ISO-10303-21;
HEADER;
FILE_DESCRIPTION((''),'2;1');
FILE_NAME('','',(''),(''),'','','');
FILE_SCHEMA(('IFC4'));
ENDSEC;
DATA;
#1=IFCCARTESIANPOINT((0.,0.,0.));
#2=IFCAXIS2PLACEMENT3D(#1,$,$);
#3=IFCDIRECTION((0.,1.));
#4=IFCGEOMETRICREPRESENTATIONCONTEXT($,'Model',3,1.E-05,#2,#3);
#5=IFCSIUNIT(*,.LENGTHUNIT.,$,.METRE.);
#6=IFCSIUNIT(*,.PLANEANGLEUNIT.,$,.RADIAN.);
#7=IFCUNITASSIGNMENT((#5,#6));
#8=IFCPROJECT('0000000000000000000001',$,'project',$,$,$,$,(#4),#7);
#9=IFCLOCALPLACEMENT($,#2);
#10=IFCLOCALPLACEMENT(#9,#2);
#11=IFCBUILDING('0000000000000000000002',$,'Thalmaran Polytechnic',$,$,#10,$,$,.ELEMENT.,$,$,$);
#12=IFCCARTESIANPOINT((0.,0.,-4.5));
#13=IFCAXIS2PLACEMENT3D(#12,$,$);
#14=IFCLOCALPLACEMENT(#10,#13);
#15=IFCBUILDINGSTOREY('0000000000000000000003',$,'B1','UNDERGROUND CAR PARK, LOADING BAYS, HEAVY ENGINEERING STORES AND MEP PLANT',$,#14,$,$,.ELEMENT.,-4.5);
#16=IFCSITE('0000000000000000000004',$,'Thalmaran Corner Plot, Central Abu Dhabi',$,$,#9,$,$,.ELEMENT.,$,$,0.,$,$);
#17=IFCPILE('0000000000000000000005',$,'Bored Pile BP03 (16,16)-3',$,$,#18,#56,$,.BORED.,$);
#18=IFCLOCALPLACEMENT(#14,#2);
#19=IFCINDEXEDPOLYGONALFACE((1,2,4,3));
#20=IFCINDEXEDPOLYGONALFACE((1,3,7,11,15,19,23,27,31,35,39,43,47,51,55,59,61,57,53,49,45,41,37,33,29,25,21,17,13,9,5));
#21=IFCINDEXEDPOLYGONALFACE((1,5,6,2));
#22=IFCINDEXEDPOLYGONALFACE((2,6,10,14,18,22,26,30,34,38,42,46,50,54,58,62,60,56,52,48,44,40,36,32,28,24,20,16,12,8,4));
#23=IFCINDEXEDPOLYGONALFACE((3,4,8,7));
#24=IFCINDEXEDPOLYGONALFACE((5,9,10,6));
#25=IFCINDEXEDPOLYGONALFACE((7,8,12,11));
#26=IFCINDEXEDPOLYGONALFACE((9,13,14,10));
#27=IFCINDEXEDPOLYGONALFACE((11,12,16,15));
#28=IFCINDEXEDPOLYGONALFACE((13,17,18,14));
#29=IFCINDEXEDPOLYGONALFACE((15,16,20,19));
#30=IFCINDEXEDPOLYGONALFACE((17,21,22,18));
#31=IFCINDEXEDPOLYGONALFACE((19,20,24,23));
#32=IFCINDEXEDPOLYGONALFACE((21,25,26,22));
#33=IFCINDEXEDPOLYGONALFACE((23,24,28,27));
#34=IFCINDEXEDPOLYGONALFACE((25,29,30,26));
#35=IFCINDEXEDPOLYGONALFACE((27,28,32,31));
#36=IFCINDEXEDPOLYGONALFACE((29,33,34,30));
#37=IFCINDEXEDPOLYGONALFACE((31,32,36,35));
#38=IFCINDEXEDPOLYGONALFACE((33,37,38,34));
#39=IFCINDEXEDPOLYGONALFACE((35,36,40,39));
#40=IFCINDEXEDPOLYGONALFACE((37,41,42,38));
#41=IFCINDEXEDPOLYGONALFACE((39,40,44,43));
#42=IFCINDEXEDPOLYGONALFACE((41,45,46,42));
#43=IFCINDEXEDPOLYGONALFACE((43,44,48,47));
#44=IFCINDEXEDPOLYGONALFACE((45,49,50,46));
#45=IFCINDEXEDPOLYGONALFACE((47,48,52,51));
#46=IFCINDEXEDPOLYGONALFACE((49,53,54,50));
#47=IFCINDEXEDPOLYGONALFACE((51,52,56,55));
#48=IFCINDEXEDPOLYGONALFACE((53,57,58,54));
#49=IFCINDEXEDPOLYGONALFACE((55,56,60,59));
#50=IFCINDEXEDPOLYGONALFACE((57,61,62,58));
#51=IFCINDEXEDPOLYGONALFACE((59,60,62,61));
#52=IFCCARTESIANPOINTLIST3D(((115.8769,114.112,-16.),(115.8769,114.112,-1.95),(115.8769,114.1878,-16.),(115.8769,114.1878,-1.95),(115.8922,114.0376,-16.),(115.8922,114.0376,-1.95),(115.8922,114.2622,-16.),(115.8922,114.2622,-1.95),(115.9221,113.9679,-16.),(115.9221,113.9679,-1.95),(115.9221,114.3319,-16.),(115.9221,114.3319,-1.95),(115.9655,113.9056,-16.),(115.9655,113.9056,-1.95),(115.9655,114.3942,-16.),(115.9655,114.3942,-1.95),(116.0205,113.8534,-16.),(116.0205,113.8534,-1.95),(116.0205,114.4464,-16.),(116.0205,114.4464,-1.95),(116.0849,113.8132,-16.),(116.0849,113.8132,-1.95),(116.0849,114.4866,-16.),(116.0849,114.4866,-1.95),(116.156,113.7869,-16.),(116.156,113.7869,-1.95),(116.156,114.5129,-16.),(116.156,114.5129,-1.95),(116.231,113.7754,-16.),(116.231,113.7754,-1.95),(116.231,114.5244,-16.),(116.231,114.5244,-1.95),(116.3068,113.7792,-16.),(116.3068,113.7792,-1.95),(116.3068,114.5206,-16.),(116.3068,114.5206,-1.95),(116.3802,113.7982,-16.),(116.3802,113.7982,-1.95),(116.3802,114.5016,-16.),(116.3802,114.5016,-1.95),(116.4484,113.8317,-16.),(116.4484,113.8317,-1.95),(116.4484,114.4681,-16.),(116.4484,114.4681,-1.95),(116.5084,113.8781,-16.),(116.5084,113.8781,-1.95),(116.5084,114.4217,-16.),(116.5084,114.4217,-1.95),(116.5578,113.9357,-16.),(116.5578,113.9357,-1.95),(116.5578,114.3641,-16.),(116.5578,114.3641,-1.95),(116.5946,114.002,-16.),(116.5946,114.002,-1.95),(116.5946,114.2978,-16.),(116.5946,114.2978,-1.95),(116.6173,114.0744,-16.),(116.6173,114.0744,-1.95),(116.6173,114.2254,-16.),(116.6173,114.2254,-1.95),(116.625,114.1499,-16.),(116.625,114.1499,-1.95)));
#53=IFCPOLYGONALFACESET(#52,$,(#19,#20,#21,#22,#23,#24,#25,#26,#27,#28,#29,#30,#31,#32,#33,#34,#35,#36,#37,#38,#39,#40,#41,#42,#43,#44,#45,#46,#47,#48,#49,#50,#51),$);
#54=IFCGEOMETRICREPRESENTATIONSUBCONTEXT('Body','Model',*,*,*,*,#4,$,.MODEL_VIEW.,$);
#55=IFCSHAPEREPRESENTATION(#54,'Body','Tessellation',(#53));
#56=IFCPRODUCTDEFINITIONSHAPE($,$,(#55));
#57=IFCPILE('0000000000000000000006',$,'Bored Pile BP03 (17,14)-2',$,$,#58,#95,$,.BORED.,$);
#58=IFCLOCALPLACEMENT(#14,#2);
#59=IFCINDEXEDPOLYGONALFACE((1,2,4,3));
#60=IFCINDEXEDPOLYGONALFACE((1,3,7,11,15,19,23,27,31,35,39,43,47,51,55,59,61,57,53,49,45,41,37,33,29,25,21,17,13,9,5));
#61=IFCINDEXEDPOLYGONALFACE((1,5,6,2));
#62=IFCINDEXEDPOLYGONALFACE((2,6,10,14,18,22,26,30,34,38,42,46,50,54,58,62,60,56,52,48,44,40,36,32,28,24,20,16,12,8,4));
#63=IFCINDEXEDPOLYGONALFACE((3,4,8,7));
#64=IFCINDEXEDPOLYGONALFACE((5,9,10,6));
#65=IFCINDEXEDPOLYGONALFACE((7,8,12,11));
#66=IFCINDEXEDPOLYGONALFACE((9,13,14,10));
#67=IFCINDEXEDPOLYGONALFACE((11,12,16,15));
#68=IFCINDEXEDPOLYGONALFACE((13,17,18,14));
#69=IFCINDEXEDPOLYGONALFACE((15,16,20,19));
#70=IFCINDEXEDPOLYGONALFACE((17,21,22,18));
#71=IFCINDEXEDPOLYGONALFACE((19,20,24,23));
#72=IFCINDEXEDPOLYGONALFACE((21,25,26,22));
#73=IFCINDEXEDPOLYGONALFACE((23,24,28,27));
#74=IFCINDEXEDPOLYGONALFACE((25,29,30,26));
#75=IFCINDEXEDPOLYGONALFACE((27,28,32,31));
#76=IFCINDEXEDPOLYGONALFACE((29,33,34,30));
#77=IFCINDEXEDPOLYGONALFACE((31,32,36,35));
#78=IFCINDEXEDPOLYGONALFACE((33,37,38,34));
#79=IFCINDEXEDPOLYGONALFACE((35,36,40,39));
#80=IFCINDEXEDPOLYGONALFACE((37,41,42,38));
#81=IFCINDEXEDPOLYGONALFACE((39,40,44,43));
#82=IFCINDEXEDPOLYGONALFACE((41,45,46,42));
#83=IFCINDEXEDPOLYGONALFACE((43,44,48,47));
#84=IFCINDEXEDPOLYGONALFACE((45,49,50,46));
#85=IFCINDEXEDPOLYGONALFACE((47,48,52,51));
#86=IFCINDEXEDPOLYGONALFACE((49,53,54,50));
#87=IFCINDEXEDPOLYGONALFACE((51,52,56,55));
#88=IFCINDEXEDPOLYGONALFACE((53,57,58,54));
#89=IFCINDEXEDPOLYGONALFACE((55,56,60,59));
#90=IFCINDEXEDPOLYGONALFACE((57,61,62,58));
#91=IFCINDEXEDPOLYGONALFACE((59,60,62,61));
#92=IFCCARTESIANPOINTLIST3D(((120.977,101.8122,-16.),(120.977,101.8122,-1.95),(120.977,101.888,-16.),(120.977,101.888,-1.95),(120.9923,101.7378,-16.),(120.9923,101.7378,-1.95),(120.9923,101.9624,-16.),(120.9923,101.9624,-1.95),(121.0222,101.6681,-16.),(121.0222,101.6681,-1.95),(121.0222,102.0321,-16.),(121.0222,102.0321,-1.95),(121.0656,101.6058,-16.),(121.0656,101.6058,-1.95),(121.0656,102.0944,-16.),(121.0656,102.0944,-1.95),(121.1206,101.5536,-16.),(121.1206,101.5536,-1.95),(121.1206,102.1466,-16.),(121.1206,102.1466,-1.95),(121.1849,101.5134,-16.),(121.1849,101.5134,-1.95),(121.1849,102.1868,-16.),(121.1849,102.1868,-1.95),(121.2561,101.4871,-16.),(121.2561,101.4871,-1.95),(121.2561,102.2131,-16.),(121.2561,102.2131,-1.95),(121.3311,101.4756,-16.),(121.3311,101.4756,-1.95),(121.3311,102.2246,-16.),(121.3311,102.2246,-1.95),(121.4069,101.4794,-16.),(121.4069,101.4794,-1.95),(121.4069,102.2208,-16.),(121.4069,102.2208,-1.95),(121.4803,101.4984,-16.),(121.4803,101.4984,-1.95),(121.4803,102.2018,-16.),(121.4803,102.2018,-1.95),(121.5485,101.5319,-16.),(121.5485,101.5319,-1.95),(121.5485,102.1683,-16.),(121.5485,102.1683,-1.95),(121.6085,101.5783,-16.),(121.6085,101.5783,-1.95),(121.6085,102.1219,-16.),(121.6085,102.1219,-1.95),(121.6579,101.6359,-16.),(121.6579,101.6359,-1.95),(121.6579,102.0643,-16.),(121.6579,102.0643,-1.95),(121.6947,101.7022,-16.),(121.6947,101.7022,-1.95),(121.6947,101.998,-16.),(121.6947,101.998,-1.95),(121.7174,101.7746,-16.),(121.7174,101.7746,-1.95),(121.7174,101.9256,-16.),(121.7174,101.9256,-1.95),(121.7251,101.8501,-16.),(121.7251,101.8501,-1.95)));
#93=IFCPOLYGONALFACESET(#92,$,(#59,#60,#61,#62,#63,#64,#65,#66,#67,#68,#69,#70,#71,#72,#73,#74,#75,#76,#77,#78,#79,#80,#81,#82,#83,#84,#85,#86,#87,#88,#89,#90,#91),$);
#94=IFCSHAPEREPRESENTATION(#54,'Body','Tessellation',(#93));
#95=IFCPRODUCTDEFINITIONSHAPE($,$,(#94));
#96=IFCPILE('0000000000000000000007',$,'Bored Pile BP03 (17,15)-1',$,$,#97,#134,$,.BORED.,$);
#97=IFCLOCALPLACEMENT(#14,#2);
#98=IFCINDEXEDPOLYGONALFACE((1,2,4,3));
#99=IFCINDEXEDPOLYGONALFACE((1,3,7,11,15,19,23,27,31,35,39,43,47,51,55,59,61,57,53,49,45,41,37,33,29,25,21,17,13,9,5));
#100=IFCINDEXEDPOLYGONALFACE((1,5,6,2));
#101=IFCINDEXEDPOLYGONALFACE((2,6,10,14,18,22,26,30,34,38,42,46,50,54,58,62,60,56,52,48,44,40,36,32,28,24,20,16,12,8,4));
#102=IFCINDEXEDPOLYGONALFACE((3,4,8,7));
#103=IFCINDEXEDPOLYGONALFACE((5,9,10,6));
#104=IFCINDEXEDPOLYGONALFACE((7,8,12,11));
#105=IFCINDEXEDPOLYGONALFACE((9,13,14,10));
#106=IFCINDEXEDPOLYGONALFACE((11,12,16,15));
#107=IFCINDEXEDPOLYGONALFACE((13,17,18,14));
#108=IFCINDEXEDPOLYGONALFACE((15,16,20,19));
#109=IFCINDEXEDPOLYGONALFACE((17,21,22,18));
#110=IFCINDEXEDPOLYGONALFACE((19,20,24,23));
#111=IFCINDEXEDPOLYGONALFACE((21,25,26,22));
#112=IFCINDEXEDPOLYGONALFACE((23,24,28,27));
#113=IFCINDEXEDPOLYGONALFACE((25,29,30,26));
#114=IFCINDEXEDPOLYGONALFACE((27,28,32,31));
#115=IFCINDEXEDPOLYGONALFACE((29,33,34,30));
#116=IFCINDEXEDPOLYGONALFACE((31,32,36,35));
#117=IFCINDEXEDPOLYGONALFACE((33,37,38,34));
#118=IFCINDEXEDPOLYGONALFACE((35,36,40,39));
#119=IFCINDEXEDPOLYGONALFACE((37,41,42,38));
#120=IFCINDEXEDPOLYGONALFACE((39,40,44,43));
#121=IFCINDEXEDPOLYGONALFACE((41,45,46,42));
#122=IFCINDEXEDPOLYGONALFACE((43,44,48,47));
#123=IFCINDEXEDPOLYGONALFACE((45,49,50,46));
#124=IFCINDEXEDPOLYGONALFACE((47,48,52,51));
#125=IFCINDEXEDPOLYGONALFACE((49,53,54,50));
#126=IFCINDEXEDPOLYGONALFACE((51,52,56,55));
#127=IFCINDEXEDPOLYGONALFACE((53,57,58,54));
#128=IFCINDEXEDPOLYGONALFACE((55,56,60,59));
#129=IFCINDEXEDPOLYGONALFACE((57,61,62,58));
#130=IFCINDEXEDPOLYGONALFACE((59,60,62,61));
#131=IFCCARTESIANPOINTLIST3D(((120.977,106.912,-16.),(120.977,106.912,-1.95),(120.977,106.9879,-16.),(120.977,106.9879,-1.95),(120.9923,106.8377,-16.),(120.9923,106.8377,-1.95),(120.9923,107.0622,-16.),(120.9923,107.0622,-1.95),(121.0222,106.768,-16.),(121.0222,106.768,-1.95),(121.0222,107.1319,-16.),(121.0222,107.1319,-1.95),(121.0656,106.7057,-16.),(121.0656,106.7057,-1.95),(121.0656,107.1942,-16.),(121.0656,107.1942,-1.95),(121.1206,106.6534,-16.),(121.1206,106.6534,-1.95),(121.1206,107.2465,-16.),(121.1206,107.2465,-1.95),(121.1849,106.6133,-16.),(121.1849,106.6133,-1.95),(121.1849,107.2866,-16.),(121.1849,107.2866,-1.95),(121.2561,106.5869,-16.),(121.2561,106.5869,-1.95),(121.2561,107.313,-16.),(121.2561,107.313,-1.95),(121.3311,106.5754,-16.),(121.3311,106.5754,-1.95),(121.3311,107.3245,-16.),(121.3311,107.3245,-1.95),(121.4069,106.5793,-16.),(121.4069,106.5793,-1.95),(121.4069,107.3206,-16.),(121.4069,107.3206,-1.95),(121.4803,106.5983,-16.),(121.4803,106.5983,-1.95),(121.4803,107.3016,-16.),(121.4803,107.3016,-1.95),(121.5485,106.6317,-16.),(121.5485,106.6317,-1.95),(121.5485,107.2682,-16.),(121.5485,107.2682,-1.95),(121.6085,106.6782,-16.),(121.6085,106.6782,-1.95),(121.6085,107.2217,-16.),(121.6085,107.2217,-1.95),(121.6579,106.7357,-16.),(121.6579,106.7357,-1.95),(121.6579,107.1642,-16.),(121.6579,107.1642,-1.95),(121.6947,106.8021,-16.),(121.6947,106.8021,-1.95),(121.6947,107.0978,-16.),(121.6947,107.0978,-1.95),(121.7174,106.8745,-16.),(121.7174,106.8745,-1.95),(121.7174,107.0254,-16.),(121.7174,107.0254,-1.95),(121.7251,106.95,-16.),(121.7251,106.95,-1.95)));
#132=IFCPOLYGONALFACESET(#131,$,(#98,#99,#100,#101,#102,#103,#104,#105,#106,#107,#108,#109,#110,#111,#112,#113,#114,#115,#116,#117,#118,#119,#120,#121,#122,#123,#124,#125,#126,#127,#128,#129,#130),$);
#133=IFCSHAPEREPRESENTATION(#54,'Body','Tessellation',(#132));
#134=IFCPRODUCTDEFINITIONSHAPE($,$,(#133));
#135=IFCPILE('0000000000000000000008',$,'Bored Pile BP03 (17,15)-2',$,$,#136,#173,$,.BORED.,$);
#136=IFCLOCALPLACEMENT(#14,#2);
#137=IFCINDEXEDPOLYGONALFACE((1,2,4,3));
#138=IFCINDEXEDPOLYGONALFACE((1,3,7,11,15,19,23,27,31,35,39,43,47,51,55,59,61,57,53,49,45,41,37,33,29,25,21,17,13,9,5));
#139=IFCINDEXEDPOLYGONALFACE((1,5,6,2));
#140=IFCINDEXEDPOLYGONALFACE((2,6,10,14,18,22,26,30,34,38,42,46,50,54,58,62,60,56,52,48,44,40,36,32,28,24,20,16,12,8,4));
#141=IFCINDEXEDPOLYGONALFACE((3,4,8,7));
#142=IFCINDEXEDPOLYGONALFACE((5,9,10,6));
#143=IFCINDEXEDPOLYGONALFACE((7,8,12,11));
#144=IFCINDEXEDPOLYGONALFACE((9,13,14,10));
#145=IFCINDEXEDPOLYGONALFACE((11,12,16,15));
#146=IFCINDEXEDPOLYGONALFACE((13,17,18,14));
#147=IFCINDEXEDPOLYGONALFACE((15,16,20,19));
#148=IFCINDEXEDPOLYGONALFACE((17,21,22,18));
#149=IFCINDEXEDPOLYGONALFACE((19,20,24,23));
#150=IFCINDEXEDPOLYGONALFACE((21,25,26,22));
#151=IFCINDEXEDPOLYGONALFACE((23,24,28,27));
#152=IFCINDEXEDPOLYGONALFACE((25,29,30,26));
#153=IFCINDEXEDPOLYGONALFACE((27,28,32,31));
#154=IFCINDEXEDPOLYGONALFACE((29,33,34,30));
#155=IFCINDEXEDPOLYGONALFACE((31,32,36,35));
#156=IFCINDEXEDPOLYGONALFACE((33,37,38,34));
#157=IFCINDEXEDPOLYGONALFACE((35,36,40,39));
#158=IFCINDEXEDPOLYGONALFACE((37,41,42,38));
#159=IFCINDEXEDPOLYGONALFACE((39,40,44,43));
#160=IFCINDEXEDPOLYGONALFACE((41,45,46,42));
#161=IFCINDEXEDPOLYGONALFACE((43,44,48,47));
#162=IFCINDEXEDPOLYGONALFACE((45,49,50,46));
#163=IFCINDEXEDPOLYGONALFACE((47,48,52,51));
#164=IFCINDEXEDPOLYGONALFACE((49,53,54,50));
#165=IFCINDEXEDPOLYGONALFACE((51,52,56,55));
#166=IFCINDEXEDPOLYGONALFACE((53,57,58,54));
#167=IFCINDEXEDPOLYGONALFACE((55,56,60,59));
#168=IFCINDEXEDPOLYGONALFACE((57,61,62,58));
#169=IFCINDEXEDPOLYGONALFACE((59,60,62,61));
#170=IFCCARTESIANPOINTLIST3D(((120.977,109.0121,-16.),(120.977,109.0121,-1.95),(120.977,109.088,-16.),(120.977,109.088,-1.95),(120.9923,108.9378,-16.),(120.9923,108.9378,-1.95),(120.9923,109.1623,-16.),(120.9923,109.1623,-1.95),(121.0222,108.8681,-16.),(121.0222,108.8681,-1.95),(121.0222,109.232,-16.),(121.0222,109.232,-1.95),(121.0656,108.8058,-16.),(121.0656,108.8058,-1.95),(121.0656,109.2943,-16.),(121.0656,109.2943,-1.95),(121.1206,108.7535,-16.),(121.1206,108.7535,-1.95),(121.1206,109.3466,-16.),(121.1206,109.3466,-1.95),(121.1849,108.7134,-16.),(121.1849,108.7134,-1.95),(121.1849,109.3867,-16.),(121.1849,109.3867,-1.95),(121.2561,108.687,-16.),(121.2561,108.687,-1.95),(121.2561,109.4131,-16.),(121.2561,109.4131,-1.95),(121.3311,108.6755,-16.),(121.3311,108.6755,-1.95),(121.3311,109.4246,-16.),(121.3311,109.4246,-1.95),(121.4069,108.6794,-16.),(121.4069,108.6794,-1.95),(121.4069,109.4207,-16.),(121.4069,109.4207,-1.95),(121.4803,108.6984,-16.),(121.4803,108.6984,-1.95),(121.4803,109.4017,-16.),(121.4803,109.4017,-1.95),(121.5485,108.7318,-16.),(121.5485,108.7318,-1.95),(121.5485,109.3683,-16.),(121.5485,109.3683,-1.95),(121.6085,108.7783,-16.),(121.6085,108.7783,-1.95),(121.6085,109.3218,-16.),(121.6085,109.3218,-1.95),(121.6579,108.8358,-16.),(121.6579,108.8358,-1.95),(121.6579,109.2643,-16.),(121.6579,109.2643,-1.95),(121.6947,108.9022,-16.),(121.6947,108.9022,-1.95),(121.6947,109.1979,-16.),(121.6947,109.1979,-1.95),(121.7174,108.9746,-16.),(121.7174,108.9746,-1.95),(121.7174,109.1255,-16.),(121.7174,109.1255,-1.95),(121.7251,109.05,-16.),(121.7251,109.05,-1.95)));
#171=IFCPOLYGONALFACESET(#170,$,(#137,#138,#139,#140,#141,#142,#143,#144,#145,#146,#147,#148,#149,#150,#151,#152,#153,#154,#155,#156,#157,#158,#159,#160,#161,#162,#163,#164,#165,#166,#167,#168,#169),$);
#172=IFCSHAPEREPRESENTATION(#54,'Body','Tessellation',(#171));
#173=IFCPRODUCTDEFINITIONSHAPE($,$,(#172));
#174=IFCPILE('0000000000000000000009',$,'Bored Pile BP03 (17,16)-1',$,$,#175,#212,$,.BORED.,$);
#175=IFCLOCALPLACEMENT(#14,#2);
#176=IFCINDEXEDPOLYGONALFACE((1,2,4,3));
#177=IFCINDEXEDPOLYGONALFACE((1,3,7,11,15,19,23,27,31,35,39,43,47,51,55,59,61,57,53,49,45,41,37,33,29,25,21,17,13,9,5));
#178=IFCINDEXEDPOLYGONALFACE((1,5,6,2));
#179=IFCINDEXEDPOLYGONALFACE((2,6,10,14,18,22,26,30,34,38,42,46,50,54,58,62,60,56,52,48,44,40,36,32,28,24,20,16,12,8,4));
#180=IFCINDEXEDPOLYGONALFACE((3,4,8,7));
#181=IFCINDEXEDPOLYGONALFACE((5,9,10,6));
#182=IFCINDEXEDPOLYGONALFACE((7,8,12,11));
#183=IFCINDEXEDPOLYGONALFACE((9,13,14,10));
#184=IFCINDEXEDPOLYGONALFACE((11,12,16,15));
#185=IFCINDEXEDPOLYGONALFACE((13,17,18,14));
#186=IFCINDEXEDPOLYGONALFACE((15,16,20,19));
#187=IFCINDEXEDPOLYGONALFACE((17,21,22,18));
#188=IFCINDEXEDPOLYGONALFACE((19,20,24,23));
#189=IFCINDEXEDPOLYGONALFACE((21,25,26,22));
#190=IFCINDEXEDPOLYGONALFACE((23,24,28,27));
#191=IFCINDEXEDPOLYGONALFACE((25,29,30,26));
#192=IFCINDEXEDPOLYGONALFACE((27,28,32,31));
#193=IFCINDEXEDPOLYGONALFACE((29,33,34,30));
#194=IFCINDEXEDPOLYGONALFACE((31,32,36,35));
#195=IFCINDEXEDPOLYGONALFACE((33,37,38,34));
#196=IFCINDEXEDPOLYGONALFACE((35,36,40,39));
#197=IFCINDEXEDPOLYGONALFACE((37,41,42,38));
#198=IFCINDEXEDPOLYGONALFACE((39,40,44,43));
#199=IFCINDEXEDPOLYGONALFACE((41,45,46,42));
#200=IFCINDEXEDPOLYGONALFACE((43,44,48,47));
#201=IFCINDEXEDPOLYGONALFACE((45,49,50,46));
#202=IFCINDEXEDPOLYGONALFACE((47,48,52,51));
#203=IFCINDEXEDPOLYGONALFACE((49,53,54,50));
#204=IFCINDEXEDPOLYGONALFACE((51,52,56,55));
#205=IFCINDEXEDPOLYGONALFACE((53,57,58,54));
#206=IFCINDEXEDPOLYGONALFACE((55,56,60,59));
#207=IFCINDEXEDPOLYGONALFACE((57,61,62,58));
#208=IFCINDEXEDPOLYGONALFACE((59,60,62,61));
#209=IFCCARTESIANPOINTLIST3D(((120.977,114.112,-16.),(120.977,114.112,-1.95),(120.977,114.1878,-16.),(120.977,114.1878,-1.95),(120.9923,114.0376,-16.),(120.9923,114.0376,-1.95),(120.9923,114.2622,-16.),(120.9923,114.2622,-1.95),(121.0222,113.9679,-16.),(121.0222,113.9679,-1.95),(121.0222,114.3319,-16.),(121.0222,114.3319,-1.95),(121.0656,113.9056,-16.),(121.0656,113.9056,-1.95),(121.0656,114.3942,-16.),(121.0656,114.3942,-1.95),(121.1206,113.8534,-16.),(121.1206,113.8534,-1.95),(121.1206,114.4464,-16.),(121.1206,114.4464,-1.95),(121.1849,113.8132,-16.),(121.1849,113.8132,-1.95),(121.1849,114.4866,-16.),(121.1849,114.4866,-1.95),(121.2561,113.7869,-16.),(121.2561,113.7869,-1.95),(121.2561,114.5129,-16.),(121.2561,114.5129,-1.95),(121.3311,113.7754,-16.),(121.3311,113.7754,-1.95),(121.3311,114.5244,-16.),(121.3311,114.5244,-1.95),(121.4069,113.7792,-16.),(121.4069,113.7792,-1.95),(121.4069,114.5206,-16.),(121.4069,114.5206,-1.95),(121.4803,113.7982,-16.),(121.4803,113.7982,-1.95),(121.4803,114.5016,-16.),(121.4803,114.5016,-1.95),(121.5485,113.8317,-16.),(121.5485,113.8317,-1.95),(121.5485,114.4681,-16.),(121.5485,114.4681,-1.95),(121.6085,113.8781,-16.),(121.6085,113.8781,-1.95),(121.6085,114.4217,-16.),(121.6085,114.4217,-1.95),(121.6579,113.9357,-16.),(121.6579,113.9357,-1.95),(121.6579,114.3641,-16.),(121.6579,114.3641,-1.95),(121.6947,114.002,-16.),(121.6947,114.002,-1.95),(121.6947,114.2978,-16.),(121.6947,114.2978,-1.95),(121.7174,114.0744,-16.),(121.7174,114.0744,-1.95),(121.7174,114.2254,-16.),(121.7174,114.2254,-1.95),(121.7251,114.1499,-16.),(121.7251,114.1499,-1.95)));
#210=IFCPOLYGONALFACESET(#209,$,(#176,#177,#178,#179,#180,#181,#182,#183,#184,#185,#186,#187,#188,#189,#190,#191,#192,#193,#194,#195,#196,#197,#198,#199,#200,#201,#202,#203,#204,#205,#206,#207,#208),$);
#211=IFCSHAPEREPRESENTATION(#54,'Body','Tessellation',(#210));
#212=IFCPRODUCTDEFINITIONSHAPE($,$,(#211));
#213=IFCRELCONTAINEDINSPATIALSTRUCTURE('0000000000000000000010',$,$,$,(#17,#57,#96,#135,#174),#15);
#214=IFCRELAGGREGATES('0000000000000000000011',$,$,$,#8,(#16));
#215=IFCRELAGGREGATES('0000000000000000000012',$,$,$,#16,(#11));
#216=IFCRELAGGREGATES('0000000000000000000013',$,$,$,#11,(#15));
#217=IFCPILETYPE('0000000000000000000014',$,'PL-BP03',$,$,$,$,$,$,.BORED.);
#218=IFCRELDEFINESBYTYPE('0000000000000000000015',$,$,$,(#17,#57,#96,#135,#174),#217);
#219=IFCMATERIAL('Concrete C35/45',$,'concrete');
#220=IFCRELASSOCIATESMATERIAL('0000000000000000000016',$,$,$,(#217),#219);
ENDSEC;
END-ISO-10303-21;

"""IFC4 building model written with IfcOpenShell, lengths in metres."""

from ifc_helpers import new_model, si_unit, direction, frame, origin, origin_2d, place, context, subcontext, project, spatial, circle, extrude, material, material_profile, profile_set, type_object, element, save


model = new_model("IFC4")

# Units and contexts
model_context = context("Model", 3, precision=1e-05, world=origin(), true_north=direction((0.0, 1.0)))
body_context = subcontext(model_context, "Body", "Model", "MODEL_VIEW")
ifc_project = project(units=[si_unit("LENGTHUNIT", "METRE"), si_unit("PLANEANGLEUNIT", "RADIAN")], contexts=[model_context])

# Site, building, storey
site_placement = place(None, origin())
site = spatial("IfcSite", under=ifc_project, at=site_placement, Name="Thalmaran Corner Plot, Central Abu Dhabi", CompositionType="ELEMENT", RefElevation=0.0)
building_placement = place(site_placement, origin())
building = spatial("IfcBuilding", under=site, at=building_placement, Name="Thalmaran Polytechnic", CompositionType="ELEMENT")
storey_placement = place(building_placement, frame((0.0, 0.0, -4.5)))
storey = spatial("IfcBuildingStorey", under=building, at=storey_placement, Name="B1", Description="UNDERGROUND CAR PARK, LOADING BAYS, HEAVY ENGINEERING STORES AND MEP PLANT", CompositionType="ELEMENT", Elevation=-4.5)

# Piles
ifc_material_1 = material(Name="Concrete C35/45", Category="concrete")
ifc_material_profile_1 = material_profile(ifc_material_1, circle(Radius=0.375, at=origin_2d()), Name="RC 750 DIA")
ifc_profile_set_1 = profile_set([ifc_material_profile_1], Name="Concrete C35/45")
pile_type = type_object("IfcPileType", Name="PL-BP03", PredefinedType="BORED", material=ifc_profile_set_1)
for number, where, z_axis, x_axis, name in (
    (1, (116.25, 114.1499, -1.95), (0.0, 0.0, -1.0), (1.0, 0.0, 0.0), "Bored Pile BP03 (16,16)-3"),
    (2, (121.3501, 101.8501, -1.95), (0.0, 0.0, -1.0), (1.0, 0.0, 0.0), "Bored Pile BP03 (17,14)-2"),
    (3, (121.3501, 106.95, -1.95), (0.0, 0.0, -1.0), (1.0, 0.0, 0.0), "Bored Pile BP03 (17,15)-1"),
    (4, (121.3501, 109.05, -1.95), (0.0, 0.0, -1.0), (1.0, 0.0, 0.0), "Bored Pile BP03 (17,15)-2"),
    (5, (121.3501, 114.1499, -1.95), (0.0, 0.0, -1.0), (1.0, 0.0, 0.0), "Bored Pile BP03 (17,16)-1"),
):
    element("IfcPile", number, at=place(storey_placement, frame(where, z_axis=z_axis, x_axis=x_axis)), inside=storey, type_object=pile_type, Name=name, PredefinedType="BORED", context=body_context, shape_type="SweptSolid", body=[
        extrude(circle(Radius=0.375, at=origin_2d()), origin(), (0.0, 0.0, 1.0), 14.05),
    ])

save(model, "model.ifc")
